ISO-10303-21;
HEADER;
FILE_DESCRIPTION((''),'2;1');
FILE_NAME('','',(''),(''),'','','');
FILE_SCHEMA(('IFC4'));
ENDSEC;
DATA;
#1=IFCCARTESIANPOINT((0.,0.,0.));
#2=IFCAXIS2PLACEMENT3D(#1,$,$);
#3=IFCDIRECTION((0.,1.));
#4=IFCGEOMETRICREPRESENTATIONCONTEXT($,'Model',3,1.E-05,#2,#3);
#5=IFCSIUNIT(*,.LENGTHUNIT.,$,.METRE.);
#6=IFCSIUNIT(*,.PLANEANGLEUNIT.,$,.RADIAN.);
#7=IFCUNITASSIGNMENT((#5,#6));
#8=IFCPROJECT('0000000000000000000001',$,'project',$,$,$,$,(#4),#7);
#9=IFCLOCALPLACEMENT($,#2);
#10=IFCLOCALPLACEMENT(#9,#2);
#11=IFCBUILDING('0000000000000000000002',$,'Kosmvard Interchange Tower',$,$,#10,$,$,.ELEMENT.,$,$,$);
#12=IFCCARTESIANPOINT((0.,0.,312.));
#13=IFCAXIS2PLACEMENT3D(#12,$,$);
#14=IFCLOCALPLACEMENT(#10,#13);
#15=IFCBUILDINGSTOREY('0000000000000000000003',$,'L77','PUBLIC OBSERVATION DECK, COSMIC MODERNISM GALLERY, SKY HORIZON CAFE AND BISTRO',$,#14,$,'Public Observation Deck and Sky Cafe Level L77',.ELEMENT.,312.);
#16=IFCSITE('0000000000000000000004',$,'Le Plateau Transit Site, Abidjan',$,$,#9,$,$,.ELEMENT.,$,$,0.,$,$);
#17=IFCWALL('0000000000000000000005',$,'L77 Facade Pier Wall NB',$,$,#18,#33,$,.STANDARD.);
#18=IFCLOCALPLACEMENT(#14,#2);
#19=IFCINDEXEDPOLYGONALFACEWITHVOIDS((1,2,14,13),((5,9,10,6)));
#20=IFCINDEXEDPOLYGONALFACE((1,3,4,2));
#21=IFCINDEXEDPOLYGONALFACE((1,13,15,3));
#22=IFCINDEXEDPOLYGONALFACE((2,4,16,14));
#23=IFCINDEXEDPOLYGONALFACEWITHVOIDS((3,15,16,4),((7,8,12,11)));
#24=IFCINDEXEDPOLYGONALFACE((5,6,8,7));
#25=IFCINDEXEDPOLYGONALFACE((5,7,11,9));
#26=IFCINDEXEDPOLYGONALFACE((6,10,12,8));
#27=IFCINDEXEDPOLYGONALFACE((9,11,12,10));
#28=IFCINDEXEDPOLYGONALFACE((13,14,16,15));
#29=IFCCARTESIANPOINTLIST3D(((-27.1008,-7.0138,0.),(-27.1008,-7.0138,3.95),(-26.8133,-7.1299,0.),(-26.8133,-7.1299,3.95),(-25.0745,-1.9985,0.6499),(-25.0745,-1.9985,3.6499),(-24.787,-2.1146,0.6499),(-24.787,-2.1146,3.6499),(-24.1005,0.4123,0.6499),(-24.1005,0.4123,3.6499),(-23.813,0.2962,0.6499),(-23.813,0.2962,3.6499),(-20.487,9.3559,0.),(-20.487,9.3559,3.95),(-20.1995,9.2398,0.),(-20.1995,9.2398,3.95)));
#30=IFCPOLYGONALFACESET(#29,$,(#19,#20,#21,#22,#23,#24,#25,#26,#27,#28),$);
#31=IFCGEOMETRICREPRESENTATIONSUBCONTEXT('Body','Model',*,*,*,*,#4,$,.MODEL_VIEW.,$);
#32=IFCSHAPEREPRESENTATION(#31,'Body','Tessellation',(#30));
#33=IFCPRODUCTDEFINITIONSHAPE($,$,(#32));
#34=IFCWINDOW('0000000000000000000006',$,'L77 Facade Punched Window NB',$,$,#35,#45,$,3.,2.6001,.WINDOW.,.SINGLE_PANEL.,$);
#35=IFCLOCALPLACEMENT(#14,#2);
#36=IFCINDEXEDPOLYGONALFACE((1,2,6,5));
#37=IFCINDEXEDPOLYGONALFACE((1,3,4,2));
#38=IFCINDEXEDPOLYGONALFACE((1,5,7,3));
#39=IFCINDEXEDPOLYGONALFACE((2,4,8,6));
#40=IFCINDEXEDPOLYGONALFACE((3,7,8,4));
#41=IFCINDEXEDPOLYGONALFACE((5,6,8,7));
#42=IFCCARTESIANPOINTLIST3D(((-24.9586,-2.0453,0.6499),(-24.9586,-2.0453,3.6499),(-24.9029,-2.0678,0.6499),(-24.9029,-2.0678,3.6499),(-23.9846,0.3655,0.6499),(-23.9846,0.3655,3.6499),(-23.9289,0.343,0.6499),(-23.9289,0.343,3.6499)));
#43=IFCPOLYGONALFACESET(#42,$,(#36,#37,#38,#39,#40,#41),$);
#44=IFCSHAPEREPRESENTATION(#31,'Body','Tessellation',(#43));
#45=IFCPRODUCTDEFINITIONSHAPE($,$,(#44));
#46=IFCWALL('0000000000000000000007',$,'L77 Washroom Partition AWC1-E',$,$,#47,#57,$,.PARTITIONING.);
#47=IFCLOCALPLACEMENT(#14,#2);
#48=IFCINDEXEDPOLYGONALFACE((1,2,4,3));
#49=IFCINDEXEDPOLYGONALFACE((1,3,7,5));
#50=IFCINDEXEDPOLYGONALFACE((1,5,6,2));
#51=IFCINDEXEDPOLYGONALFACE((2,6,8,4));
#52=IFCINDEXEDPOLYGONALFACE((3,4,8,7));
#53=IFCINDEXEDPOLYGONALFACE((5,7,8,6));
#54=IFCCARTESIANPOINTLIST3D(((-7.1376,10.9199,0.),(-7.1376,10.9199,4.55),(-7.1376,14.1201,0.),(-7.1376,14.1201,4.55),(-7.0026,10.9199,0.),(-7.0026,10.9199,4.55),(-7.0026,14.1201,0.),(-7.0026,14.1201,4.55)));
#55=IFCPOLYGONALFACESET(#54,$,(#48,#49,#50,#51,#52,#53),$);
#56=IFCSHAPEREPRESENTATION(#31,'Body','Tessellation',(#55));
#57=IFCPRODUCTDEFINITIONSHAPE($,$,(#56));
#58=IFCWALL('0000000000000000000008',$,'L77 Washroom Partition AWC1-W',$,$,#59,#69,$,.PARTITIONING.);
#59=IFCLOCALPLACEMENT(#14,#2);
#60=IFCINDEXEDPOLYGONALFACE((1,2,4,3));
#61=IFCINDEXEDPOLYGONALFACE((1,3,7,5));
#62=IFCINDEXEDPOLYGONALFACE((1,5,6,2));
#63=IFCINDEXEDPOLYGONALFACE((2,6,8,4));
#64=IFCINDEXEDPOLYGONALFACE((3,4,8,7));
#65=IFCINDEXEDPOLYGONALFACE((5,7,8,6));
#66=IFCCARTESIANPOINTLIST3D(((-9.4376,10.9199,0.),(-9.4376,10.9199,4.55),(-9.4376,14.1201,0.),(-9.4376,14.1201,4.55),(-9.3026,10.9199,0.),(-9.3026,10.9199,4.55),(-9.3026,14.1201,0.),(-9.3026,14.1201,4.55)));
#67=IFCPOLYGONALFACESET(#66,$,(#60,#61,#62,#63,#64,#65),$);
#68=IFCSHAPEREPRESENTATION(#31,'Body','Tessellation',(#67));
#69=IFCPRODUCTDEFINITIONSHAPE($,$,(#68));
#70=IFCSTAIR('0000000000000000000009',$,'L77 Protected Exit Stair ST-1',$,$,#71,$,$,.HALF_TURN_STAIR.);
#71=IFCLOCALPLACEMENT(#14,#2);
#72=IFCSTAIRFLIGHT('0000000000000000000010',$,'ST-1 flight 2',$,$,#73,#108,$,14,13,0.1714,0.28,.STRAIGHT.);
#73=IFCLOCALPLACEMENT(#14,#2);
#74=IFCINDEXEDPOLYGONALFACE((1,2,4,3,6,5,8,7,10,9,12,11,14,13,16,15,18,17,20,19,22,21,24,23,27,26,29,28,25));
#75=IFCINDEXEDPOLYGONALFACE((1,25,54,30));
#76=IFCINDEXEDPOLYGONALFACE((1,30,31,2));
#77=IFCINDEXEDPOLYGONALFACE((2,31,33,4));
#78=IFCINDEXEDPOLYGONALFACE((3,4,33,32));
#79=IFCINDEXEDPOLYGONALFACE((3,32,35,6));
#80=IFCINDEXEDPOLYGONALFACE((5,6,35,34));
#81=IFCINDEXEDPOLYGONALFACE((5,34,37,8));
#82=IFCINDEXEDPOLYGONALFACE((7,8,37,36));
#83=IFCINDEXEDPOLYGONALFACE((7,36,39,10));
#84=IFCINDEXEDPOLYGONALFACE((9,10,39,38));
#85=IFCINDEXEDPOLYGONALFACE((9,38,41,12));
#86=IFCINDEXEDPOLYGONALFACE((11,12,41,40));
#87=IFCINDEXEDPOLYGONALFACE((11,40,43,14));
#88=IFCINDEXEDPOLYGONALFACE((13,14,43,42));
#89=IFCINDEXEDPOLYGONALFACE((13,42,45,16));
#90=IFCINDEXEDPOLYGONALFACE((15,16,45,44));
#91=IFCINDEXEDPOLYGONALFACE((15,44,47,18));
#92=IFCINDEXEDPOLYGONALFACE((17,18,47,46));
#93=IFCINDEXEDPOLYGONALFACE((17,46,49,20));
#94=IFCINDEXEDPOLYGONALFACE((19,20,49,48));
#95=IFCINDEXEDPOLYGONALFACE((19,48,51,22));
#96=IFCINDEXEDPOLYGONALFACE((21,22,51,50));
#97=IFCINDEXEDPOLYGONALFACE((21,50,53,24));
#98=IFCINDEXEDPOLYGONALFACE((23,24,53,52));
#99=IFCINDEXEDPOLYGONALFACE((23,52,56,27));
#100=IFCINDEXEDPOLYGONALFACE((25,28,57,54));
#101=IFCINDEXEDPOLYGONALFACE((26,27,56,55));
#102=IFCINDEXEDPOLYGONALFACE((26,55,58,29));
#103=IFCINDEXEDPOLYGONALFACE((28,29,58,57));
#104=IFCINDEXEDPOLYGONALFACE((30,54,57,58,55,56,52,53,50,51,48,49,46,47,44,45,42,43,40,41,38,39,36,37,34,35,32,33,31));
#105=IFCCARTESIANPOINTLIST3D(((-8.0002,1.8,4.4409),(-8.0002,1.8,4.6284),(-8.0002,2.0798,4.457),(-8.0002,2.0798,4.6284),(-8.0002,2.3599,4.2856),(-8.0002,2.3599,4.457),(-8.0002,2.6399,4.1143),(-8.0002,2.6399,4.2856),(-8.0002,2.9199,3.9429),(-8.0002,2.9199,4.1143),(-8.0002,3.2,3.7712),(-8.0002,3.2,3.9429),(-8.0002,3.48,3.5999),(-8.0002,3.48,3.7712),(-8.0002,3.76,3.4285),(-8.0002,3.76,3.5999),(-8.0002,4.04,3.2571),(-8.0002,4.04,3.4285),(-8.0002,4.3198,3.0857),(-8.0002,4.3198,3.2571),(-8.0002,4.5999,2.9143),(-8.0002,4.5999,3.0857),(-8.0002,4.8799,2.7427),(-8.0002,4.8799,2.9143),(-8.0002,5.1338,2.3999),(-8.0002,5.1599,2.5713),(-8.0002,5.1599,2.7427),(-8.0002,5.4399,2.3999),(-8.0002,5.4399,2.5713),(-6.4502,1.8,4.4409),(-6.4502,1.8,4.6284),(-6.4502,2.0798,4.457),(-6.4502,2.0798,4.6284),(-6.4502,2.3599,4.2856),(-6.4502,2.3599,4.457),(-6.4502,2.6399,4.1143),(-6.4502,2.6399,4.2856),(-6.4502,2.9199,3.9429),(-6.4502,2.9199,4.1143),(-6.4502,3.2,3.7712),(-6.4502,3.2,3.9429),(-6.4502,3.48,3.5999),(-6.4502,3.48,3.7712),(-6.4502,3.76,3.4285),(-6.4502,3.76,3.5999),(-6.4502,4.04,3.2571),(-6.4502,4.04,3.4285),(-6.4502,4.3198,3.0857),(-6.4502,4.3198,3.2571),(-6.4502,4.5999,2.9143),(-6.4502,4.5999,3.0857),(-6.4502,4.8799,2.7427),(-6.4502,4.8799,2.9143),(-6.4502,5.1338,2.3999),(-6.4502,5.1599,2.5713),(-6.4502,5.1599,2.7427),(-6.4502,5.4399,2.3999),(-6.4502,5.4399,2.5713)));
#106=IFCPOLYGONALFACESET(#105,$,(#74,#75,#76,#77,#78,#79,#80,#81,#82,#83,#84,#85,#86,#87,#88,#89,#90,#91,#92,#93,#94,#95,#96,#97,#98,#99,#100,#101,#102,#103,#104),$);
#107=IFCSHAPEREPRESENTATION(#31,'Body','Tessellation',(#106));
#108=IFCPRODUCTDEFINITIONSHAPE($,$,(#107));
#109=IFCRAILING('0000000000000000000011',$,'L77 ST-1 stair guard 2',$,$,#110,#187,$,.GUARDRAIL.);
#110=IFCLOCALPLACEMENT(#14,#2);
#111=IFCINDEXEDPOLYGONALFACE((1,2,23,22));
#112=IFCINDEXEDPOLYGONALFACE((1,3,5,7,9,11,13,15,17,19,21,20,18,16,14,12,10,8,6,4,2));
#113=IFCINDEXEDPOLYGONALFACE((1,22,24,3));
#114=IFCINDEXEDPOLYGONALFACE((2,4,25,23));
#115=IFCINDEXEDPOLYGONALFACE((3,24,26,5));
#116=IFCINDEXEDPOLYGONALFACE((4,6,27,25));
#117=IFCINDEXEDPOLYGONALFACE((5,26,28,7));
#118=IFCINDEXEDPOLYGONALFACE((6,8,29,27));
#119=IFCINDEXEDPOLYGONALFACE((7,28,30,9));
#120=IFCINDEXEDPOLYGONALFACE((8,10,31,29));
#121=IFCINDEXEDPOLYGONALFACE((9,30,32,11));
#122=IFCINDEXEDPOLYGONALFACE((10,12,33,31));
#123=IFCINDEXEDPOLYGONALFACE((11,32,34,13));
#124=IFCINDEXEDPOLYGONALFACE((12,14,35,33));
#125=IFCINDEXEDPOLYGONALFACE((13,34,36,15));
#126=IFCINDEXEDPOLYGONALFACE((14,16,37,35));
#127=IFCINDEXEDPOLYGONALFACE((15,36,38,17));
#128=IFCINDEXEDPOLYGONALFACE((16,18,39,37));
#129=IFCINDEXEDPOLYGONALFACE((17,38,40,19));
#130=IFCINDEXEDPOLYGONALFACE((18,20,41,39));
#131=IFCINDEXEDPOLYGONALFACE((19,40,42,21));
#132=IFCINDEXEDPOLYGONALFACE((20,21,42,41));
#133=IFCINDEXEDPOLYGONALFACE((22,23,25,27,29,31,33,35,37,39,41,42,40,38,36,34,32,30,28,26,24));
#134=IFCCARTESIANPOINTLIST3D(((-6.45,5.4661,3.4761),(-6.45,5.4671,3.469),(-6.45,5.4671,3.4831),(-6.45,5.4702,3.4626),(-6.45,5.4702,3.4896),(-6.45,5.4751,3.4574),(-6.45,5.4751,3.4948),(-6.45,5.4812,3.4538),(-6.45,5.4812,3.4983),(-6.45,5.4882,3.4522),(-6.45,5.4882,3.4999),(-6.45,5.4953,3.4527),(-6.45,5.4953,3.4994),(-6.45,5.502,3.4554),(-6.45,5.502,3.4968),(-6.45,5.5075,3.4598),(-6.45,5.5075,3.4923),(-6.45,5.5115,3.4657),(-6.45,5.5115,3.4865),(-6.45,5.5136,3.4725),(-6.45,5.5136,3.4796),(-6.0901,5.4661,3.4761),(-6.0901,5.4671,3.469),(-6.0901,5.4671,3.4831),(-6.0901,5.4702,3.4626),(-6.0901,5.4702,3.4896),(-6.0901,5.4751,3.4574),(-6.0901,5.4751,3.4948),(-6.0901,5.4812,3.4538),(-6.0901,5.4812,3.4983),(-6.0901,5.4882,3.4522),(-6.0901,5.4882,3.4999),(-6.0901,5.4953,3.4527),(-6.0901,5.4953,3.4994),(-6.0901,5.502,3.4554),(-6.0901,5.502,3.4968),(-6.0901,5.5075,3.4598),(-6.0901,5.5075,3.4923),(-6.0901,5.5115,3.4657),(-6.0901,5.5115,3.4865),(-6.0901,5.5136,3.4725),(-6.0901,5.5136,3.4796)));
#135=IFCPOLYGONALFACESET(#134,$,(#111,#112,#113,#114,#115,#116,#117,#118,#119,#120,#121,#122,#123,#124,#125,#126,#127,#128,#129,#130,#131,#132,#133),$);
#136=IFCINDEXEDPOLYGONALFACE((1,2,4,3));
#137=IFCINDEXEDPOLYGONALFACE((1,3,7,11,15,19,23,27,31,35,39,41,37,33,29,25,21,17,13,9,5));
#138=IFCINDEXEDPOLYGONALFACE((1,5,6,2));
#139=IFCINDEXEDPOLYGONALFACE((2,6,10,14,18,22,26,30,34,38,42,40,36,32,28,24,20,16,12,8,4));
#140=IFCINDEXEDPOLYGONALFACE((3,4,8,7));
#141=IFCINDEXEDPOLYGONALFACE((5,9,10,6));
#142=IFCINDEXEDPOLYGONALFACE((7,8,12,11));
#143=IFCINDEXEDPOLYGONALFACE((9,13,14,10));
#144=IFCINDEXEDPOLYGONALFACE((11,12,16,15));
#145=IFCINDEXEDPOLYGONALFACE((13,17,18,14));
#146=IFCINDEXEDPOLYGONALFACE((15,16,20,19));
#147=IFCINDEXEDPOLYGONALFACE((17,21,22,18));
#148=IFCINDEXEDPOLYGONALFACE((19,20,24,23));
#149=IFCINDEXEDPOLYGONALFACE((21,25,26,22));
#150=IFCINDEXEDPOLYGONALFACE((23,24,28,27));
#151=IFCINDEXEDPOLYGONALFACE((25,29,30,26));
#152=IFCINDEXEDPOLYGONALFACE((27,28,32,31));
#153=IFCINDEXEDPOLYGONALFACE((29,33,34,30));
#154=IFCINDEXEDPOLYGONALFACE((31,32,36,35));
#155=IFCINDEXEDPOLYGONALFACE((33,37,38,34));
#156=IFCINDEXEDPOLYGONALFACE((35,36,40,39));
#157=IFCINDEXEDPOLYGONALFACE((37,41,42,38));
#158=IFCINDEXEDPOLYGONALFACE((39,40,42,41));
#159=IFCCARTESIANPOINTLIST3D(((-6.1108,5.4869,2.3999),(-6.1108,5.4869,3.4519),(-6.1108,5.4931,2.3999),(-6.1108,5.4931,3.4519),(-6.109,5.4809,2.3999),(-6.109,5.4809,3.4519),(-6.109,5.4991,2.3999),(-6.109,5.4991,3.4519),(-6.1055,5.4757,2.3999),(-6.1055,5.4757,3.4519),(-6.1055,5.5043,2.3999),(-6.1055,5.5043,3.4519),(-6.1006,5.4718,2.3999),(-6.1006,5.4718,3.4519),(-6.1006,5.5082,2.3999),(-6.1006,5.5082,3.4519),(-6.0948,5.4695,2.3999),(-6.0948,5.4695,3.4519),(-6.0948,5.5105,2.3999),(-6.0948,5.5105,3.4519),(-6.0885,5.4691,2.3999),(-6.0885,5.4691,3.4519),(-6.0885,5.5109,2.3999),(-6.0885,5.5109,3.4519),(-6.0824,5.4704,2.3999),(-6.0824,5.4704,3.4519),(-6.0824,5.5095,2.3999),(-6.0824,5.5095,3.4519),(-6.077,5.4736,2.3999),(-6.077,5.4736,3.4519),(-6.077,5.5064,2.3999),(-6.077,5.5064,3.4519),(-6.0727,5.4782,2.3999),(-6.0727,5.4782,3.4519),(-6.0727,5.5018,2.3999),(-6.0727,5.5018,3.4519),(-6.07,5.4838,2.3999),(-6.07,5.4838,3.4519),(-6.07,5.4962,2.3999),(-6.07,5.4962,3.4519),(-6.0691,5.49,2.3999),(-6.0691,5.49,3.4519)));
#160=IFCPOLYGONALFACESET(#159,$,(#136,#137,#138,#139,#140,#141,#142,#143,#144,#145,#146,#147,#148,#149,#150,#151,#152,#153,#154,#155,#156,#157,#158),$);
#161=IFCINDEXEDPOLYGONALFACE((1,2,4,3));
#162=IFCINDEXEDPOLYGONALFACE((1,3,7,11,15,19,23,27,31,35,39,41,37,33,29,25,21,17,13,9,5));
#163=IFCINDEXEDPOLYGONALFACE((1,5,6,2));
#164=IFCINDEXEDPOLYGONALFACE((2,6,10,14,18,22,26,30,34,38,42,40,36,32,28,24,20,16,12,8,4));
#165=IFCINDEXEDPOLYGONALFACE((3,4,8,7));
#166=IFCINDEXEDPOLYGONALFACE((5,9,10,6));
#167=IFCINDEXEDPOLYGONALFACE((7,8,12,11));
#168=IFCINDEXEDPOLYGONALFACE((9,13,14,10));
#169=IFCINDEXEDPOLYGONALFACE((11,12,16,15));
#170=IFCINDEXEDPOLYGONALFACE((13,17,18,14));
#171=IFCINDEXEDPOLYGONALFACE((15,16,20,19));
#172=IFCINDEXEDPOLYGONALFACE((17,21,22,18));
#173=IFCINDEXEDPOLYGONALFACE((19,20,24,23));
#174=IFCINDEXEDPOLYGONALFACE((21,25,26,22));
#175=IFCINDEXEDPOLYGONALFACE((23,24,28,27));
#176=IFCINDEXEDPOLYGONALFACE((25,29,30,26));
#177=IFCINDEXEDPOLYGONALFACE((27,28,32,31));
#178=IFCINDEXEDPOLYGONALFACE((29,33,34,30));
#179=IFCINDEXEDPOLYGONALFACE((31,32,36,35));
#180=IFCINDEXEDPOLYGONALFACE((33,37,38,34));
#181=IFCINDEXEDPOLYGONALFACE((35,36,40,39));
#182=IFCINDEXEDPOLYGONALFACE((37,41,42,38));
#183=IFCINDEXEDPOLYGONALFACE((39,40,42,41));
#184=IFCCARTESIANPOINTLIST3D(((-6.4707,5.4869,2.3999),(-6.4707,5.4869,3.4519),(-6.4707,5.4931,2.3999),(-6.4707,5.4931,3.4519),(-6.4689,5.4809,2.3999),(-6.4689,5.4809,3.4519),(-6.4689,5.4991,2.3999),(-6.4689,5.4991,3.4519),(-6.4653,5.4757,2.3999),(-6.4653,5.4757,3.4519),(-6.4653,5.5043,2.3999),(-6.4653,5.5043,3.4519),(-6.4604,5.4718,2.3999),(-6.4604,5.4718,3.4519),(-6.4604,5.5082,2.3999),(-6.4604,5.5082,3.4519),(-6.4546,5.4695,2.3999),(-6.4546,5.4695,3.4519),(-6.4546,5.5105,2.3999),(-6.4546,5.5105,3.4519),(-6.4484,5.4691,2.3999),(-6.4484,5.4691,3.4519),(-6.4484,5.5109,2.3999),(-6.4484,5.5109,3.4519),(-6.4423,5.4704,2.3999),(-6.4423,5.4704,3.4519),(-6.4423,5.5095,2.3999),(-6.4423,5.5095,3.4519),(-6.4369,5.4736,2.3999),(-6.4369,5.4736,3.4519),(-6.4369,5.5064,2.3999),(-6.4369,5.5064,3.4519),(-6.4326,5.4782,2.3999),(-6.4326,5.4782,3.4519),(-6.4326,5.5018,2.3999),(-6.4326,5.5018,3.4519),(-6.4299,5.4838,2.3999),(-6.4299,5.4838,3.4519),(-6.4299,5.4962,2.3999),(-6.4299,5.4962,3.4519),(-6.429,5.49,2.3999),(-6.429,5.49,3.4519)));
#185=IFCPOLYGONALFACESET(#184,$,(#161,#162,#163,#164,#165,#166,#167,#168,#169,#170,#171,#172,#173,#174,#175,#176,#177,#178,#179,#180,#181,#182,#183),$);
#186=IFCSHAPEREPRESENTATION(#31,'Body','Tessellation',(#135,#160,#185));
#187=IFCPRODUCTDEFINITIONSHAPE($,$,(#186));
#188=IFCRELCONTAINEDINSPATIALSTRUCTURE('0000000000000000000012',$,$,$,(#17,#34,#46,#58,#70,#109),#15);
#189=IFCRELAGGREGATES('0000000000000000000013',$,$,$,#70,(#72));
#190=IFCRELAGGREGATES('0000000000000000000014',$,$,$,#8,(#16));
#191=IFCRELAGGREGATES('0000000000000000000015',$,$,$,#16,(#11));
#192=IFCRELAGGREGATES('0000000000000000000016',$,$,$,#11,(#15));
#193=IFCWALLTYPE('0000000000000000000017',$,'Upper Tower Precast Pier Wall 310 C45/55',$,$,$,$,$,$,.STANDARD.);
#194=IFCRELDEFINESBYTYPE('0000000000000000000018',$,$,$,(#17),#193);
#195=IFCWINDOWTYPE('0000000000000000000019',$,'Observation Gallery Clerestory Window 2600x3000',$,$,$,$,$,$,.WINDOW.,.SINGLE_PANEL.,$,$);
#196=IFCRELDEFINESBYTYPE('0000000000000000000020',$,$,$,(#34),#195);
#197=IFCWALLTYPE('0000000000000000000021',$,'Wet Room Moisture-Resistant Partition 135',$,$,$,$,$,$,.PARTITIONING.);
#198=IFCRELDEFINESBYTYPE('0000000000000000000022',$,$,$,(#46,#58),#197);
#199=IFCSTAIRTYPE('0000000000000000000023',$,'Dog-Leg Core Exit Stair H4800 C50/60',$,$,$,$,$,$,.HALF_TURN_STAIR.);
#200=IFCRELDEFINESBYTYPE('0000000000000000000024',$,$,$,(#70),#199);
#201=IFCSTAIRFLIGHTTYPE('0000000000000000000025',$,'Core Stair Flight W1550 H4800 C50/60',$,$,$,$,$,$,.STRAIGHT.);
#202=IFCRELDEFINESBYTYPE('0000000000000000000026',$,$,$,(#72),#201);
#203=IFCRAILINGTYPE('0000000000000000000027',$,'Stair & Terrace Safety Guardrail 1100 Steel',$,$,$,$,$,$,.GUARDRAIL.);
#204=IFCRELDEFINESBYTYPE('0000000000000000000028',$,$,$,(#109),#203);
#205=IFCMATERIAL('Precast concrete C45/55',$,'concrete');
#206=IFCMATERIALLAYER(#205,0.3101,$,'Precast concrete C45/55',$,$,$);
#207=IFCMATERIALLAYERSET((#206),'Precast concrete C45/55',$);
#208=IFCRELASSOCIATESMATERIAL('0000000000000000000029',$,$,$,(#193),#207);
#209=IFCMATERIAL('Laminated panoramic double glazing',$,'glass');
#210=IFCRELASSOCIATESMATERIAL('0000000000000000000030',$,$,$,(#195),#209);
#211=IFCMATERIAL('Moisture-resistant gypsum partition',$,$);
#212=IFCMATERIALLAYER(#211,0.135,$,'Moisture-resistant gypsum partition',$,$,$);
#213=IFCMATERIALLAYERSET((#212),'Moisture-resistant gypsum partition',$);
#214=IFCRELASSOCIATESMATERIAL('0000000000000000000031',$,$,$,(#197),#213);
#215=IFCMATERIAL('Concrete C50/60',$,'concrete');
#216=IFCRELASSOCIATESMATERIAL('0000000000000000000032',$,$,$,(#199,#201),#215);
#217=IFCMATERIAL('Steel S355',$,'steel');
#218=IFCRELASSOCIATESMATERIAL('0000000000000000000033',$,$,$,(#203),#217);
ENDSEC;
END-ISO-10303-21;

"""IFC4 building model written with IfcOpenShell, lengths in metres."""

from ifc_helpers import new_model, si_unit, direction, frame, frame_2d, origin, origin_2d, place, context, subcontext, project, spatial, polyline, rectangle, circle, outline, extrude, source, transform, mapped, material, layer, layer_set, type_object, element, fill, aggregate, save


model = new_model("IFC4")

# Units and contexts
model_context = context("Model", 3, precision=1e-05, world=origin(), true_north=direction((0.0, 1.0)))
body_context = subcontext(model_context, "Body", "Model", "MODEL_VIEW")
ifc_project = project(units=[si_unit("LENGTHUNIT", "METRE"), si_unit("PLANEANGLEUNIT", "RADIAN")], contexts=[model_context])

# Site, building, storey
site_placement = place(None, origin())
site = spatial("IfcSite", under=ifc_project, at=site_placement, Name="Le Plateau Transit Site, Abidjan", CompositionType="ELEMENT", RefElevation=0.0)
building_placement = place(site_placement, origin())
building = spatial("IfcBuilding", under=site, at=building_placement, Name="Kosmvard Interchange Tower", CompositionType="ELEMENT")
storey_placement = place(building_placement, frame((0.0, 0.0, 312.0)))
storey = spatial("IfcBuildingStorey", under=building, at=storey_placement, Name="L77", Description="PUBLIC OBSERVATION DECK, COSMIC MODERNISM GALLERY, SKY HORIZON CAFE AND BISTRO", LongName="Public Observation Deck and Sky Cafe Level L77", CompositionType="ELEMENT", Elevation=312.0)

# Shared definitions
ifc_material_1 = material(Name="Concrete C50/60", Category="concrete")

# Shared definitions
ifc_material_2 = material(Name="Steel S355", Category="steel")

# Shared definitions
ifc_material_3 = material(Name="Laminated panoramic double glazing", Category="glass")

# Wall, opening, window
ifc_material_4 = material(Name="Precast concrete C45/55", Category="concrete")
ifc_layer_1 = layer(ifc_material_4, 0.3101, Name="Precast concrete C45/55")
ifc_layer_set_1 = layer_set([ifc_layer_1], Name="Precast concrete C45/55")
wall_type_1 = type_object("IfcWallType", Name="Upper Tower Precast Pier Wall 310 C45/55", PredefinedType="STANDARD", material=ifc_layer_set_1)
wall_1_placement = place(storey_placement, frame((-20.3433, 9.2979, 0.0), z_axis=(0.0, 0.0, 1.0), x_axis=(-0.374607, -0.927184, 0.0)))
wall_1 = element("IfcWall", 1, at=wall_1_placement, inside=storey, type_object=wall_type_1, Name="L77 Facade Pier Wall NB", PredefinedType="STANDARD", context=body_context, shape_type="SweptSolid", body=[
    extrude(rectangle(XDim=17.6553, YDim=0.3101, at=frame_2d((8.8276, 0.0))), origin(), (0.0, 0.0, 1.0), 3.95),
])
opening_1_placement = place(wall_1_placement, frame((9.646, 0.0, 0.6499)))
opening_1 = element("IfcOpeningElement", 2, at=opening_1_placement, cuts=wall_1, PredefinedType="OPENING", context=body_context, shape_type="SweptSolid", body=[
    extrude(rectangle(XDim=2.6001, YDim=3.0, at=frame_2d((1.3, 1.5))), frame((0.0, 0.165, 0.0), z_axis=(0.0, -1.0, 0.0), x_axis=(1.0, 0.0, 0.0)), (0.0, 0.0, 1.0), 0.3301),
])
window_type = type_object("IfcWindowType", Name="Observation Gallery Clerestory Window 2600x3000", PartitioningType="SINGLE_PANEL", PredefinedType="WINDOW", material=ifc_material_3)
shared_shape_1 = source(origin(), body_context, "Body", "SweptSolid", [
    extrude(rectangle(XDim=2.6001, YDim=3.0, at=frame_2d((1.3, 1.5))), frame((0.0, 0.03, 0.0), z_axis=(0.0, -1.0, 0.0), x_axis=(1.0, 0.0, 0.0)), (0.0, 0.0, 1.0), 0.0601),
])
window_placement = place(opening_1_placement, origin())
window = element("IfcWindow", 3, at=window_placement, inside=storey, type_object=window_type, Name="L77 Facade Punched Window NB", OverallHeight=3.0, OverallWidth=2.6001, PartitioningType="SINGLE_PANEL", PredefinedType="WINDOW", context=body_context, shape_type="MappedRepresentation", body=[
    mapped(shared_shape_1, transform((0.0, 0.0, 0.0), scale=1.0)),
])
fill(opening_1, window)

# Walls
ifc_material_5 = material(Name="Moisture-resistant gypsum partition")
ifc_layer_2 = layer(ifc_material_5, 0.135, Name="Moisture-resistant gypsum partition")
ifc_layer_set_2 = layer_set([ifc_layer_2], Name="Moisture-resistant gypsum partition")
wall_type_2 = type_object("IfcWallType", Name="Wet Room Moisture-Resistant Partition 135", PredefinedType="PARTITIONING", material=ifc_layer_set_2)
for number, where, z_axis, x_axis, name in (
    (4, (-7.0701, 10.9199, 0.0), (0.0, 0.0, 1.0), (0.0, 1.0, 0.0), "L77 Washroom Partition AWC1-E"),
    (5, (-9.3701, 10.9199, 0.0), (0.0, 0.0, 1.0), (0.0, 1.0, 0.0), "L77 Washroom Partition AWC1-W"),
):
    element("IfcWall", number, at=place(storey_placement, frame(where, z_axis=z_axis, x_axis=x_axis)), inside=storey, type_object=wall_type_2, Name=name, PredefinedType="PARTITIONING", context=body_context, shape_type="SweptSolid", body=[
        extrude(rectangle(XDim=3.2002, YDim=0.135, at=frame_2d((1.6001, 0.0))), origin(), (0.0, 0.0, 1.0), 4.55),
    ])

# Stair, stair flight
stair_type = type_object("IfcStairType", Name="Dog-Leg Core Exit Stair H4800 C50/60", PredefinedType="HALF_TURN_STAIR", material=ifc_material_1)
stair_placement = place(storey_placement, origin())
stair = element("IfcStair", 6, at=stair_placement, inside=storey, type_object=stair_type, Name="L77 Protected Exit Stair ST-1", PredefinedType="HALF_TURN_STAIR")
stair_flight_type = type_object("IfcStairFlightType", Name="Core Stair Flight W1550 H4800 C50/60", PredefinedType="STRAIGHT", material=ifc_material_1)
shared_shape_2 = source(origin(), body_context, "Body", "SweptSolid", [
    extrude(outline(polyline([(0.0, 0.0), (0.0, 0.1714), (0.28, 0.1714), (0.28, 0.3428), (0.5601, 0.3428), (0.5601, 0.5144), (0.8401, 0.5144), (0.8401, 0.6858), (1.1201, 0.6858), (1.1201, 0.8572), (1.3999, 0.8572), (1.3999, 1.0286), (1.6799, 1.0286), (1.6799, 1.2), (1.96, 1.2), (1.96, 1.3713), (2.24, 1.3713), (2.24, 1.543), (2.52, 1.543), (2.52, 1.7144), (2.8, 1.7144), (2.8, 1.8857), (3.0801, 1.8857), (3.0801, 2.0571), (3.3601, 2.0571), (3.3601, 2.2285), (3.6399, 2.2285), (3.6399, 2.3999), (3.6399, 2.041), (0.3062, 0.0), (0.0, 0.0)])), frame((0.0, 0.7749, 0.0), z_axis=(0.0, -1.0, 0.0), x_axis=(1.0, 0.0, 0.0)), (0.0, 0.0, 1.0), 1.55),
])
stair_flight_placement = place(storey_placement, frame((-7.2251, 5.4399, 2.3999), z_axis=(0.0, 0.0, 1.0), x_axis=(0.0, -1.0, 0.0)))
stair_flight = element("IfcStairFlight", 7, at=stair_flight_placement, type_object=stair_flight_type, Name="ST-1 flight 2", NumberOfRisers=14, NumberOfTreads=13, PredefinedType="STRAIGHT", RiserHeight=0.1714, TreadLength=0.28, context=body_context, shape_type="MappedRepresentation", body=[
    mapped(shared_shape_2, transform((0.0, 0.0, 0.0), scale=1.0)),
])
aggregate(stair, [stair_flight])

# Railing
railing_type_1 = type_object("IfcRailingType", Name="Stair & Terrace Safety Guardrail 1100 Steel", PredefinedType="GUARDRAIL", material=ifc_material_2)
shared_shape_3 = source(origin(), body_context, "Body", "SweptSolid", [
    extrude(circle(Radius=0.0239, at=origin_2d()), frame((0.0, 0.0, 1.0762), z_axis=(-1.0, 0.0, 0.0), x_axis=(0.0, -1.0, 0.0)), (0.0, 0.0, 1.0), 0.3599),
    extrude(circle(Radius=0.021, at=origin_2d()), origin(), (0.0, 0.0, 1.0), 1.052),
    extrude(circle(Radius=0.021, at=origin_2d()), frame((-0.3599, 0.0, 0.0)), (0.0, 0.0, 1.0), 1.052),
])
railing_1_placement = place(storey_placement, frame((-6.0901, 5.49, 2.3999)))
element("IfcRailing", 8, at=railing_1_placement, inside=storey, type_object=railing_type_1, Name="L77 ST-1 stair guard 2", PredefinedType="GUARDRAIL", context=body_context, shape_type="MappedRepresentation", body=[
    mapped(shared_shape_3, transform((0.0, 0.0, 0.0), scale=1.0)),
])

save(model, "model.ifc")
